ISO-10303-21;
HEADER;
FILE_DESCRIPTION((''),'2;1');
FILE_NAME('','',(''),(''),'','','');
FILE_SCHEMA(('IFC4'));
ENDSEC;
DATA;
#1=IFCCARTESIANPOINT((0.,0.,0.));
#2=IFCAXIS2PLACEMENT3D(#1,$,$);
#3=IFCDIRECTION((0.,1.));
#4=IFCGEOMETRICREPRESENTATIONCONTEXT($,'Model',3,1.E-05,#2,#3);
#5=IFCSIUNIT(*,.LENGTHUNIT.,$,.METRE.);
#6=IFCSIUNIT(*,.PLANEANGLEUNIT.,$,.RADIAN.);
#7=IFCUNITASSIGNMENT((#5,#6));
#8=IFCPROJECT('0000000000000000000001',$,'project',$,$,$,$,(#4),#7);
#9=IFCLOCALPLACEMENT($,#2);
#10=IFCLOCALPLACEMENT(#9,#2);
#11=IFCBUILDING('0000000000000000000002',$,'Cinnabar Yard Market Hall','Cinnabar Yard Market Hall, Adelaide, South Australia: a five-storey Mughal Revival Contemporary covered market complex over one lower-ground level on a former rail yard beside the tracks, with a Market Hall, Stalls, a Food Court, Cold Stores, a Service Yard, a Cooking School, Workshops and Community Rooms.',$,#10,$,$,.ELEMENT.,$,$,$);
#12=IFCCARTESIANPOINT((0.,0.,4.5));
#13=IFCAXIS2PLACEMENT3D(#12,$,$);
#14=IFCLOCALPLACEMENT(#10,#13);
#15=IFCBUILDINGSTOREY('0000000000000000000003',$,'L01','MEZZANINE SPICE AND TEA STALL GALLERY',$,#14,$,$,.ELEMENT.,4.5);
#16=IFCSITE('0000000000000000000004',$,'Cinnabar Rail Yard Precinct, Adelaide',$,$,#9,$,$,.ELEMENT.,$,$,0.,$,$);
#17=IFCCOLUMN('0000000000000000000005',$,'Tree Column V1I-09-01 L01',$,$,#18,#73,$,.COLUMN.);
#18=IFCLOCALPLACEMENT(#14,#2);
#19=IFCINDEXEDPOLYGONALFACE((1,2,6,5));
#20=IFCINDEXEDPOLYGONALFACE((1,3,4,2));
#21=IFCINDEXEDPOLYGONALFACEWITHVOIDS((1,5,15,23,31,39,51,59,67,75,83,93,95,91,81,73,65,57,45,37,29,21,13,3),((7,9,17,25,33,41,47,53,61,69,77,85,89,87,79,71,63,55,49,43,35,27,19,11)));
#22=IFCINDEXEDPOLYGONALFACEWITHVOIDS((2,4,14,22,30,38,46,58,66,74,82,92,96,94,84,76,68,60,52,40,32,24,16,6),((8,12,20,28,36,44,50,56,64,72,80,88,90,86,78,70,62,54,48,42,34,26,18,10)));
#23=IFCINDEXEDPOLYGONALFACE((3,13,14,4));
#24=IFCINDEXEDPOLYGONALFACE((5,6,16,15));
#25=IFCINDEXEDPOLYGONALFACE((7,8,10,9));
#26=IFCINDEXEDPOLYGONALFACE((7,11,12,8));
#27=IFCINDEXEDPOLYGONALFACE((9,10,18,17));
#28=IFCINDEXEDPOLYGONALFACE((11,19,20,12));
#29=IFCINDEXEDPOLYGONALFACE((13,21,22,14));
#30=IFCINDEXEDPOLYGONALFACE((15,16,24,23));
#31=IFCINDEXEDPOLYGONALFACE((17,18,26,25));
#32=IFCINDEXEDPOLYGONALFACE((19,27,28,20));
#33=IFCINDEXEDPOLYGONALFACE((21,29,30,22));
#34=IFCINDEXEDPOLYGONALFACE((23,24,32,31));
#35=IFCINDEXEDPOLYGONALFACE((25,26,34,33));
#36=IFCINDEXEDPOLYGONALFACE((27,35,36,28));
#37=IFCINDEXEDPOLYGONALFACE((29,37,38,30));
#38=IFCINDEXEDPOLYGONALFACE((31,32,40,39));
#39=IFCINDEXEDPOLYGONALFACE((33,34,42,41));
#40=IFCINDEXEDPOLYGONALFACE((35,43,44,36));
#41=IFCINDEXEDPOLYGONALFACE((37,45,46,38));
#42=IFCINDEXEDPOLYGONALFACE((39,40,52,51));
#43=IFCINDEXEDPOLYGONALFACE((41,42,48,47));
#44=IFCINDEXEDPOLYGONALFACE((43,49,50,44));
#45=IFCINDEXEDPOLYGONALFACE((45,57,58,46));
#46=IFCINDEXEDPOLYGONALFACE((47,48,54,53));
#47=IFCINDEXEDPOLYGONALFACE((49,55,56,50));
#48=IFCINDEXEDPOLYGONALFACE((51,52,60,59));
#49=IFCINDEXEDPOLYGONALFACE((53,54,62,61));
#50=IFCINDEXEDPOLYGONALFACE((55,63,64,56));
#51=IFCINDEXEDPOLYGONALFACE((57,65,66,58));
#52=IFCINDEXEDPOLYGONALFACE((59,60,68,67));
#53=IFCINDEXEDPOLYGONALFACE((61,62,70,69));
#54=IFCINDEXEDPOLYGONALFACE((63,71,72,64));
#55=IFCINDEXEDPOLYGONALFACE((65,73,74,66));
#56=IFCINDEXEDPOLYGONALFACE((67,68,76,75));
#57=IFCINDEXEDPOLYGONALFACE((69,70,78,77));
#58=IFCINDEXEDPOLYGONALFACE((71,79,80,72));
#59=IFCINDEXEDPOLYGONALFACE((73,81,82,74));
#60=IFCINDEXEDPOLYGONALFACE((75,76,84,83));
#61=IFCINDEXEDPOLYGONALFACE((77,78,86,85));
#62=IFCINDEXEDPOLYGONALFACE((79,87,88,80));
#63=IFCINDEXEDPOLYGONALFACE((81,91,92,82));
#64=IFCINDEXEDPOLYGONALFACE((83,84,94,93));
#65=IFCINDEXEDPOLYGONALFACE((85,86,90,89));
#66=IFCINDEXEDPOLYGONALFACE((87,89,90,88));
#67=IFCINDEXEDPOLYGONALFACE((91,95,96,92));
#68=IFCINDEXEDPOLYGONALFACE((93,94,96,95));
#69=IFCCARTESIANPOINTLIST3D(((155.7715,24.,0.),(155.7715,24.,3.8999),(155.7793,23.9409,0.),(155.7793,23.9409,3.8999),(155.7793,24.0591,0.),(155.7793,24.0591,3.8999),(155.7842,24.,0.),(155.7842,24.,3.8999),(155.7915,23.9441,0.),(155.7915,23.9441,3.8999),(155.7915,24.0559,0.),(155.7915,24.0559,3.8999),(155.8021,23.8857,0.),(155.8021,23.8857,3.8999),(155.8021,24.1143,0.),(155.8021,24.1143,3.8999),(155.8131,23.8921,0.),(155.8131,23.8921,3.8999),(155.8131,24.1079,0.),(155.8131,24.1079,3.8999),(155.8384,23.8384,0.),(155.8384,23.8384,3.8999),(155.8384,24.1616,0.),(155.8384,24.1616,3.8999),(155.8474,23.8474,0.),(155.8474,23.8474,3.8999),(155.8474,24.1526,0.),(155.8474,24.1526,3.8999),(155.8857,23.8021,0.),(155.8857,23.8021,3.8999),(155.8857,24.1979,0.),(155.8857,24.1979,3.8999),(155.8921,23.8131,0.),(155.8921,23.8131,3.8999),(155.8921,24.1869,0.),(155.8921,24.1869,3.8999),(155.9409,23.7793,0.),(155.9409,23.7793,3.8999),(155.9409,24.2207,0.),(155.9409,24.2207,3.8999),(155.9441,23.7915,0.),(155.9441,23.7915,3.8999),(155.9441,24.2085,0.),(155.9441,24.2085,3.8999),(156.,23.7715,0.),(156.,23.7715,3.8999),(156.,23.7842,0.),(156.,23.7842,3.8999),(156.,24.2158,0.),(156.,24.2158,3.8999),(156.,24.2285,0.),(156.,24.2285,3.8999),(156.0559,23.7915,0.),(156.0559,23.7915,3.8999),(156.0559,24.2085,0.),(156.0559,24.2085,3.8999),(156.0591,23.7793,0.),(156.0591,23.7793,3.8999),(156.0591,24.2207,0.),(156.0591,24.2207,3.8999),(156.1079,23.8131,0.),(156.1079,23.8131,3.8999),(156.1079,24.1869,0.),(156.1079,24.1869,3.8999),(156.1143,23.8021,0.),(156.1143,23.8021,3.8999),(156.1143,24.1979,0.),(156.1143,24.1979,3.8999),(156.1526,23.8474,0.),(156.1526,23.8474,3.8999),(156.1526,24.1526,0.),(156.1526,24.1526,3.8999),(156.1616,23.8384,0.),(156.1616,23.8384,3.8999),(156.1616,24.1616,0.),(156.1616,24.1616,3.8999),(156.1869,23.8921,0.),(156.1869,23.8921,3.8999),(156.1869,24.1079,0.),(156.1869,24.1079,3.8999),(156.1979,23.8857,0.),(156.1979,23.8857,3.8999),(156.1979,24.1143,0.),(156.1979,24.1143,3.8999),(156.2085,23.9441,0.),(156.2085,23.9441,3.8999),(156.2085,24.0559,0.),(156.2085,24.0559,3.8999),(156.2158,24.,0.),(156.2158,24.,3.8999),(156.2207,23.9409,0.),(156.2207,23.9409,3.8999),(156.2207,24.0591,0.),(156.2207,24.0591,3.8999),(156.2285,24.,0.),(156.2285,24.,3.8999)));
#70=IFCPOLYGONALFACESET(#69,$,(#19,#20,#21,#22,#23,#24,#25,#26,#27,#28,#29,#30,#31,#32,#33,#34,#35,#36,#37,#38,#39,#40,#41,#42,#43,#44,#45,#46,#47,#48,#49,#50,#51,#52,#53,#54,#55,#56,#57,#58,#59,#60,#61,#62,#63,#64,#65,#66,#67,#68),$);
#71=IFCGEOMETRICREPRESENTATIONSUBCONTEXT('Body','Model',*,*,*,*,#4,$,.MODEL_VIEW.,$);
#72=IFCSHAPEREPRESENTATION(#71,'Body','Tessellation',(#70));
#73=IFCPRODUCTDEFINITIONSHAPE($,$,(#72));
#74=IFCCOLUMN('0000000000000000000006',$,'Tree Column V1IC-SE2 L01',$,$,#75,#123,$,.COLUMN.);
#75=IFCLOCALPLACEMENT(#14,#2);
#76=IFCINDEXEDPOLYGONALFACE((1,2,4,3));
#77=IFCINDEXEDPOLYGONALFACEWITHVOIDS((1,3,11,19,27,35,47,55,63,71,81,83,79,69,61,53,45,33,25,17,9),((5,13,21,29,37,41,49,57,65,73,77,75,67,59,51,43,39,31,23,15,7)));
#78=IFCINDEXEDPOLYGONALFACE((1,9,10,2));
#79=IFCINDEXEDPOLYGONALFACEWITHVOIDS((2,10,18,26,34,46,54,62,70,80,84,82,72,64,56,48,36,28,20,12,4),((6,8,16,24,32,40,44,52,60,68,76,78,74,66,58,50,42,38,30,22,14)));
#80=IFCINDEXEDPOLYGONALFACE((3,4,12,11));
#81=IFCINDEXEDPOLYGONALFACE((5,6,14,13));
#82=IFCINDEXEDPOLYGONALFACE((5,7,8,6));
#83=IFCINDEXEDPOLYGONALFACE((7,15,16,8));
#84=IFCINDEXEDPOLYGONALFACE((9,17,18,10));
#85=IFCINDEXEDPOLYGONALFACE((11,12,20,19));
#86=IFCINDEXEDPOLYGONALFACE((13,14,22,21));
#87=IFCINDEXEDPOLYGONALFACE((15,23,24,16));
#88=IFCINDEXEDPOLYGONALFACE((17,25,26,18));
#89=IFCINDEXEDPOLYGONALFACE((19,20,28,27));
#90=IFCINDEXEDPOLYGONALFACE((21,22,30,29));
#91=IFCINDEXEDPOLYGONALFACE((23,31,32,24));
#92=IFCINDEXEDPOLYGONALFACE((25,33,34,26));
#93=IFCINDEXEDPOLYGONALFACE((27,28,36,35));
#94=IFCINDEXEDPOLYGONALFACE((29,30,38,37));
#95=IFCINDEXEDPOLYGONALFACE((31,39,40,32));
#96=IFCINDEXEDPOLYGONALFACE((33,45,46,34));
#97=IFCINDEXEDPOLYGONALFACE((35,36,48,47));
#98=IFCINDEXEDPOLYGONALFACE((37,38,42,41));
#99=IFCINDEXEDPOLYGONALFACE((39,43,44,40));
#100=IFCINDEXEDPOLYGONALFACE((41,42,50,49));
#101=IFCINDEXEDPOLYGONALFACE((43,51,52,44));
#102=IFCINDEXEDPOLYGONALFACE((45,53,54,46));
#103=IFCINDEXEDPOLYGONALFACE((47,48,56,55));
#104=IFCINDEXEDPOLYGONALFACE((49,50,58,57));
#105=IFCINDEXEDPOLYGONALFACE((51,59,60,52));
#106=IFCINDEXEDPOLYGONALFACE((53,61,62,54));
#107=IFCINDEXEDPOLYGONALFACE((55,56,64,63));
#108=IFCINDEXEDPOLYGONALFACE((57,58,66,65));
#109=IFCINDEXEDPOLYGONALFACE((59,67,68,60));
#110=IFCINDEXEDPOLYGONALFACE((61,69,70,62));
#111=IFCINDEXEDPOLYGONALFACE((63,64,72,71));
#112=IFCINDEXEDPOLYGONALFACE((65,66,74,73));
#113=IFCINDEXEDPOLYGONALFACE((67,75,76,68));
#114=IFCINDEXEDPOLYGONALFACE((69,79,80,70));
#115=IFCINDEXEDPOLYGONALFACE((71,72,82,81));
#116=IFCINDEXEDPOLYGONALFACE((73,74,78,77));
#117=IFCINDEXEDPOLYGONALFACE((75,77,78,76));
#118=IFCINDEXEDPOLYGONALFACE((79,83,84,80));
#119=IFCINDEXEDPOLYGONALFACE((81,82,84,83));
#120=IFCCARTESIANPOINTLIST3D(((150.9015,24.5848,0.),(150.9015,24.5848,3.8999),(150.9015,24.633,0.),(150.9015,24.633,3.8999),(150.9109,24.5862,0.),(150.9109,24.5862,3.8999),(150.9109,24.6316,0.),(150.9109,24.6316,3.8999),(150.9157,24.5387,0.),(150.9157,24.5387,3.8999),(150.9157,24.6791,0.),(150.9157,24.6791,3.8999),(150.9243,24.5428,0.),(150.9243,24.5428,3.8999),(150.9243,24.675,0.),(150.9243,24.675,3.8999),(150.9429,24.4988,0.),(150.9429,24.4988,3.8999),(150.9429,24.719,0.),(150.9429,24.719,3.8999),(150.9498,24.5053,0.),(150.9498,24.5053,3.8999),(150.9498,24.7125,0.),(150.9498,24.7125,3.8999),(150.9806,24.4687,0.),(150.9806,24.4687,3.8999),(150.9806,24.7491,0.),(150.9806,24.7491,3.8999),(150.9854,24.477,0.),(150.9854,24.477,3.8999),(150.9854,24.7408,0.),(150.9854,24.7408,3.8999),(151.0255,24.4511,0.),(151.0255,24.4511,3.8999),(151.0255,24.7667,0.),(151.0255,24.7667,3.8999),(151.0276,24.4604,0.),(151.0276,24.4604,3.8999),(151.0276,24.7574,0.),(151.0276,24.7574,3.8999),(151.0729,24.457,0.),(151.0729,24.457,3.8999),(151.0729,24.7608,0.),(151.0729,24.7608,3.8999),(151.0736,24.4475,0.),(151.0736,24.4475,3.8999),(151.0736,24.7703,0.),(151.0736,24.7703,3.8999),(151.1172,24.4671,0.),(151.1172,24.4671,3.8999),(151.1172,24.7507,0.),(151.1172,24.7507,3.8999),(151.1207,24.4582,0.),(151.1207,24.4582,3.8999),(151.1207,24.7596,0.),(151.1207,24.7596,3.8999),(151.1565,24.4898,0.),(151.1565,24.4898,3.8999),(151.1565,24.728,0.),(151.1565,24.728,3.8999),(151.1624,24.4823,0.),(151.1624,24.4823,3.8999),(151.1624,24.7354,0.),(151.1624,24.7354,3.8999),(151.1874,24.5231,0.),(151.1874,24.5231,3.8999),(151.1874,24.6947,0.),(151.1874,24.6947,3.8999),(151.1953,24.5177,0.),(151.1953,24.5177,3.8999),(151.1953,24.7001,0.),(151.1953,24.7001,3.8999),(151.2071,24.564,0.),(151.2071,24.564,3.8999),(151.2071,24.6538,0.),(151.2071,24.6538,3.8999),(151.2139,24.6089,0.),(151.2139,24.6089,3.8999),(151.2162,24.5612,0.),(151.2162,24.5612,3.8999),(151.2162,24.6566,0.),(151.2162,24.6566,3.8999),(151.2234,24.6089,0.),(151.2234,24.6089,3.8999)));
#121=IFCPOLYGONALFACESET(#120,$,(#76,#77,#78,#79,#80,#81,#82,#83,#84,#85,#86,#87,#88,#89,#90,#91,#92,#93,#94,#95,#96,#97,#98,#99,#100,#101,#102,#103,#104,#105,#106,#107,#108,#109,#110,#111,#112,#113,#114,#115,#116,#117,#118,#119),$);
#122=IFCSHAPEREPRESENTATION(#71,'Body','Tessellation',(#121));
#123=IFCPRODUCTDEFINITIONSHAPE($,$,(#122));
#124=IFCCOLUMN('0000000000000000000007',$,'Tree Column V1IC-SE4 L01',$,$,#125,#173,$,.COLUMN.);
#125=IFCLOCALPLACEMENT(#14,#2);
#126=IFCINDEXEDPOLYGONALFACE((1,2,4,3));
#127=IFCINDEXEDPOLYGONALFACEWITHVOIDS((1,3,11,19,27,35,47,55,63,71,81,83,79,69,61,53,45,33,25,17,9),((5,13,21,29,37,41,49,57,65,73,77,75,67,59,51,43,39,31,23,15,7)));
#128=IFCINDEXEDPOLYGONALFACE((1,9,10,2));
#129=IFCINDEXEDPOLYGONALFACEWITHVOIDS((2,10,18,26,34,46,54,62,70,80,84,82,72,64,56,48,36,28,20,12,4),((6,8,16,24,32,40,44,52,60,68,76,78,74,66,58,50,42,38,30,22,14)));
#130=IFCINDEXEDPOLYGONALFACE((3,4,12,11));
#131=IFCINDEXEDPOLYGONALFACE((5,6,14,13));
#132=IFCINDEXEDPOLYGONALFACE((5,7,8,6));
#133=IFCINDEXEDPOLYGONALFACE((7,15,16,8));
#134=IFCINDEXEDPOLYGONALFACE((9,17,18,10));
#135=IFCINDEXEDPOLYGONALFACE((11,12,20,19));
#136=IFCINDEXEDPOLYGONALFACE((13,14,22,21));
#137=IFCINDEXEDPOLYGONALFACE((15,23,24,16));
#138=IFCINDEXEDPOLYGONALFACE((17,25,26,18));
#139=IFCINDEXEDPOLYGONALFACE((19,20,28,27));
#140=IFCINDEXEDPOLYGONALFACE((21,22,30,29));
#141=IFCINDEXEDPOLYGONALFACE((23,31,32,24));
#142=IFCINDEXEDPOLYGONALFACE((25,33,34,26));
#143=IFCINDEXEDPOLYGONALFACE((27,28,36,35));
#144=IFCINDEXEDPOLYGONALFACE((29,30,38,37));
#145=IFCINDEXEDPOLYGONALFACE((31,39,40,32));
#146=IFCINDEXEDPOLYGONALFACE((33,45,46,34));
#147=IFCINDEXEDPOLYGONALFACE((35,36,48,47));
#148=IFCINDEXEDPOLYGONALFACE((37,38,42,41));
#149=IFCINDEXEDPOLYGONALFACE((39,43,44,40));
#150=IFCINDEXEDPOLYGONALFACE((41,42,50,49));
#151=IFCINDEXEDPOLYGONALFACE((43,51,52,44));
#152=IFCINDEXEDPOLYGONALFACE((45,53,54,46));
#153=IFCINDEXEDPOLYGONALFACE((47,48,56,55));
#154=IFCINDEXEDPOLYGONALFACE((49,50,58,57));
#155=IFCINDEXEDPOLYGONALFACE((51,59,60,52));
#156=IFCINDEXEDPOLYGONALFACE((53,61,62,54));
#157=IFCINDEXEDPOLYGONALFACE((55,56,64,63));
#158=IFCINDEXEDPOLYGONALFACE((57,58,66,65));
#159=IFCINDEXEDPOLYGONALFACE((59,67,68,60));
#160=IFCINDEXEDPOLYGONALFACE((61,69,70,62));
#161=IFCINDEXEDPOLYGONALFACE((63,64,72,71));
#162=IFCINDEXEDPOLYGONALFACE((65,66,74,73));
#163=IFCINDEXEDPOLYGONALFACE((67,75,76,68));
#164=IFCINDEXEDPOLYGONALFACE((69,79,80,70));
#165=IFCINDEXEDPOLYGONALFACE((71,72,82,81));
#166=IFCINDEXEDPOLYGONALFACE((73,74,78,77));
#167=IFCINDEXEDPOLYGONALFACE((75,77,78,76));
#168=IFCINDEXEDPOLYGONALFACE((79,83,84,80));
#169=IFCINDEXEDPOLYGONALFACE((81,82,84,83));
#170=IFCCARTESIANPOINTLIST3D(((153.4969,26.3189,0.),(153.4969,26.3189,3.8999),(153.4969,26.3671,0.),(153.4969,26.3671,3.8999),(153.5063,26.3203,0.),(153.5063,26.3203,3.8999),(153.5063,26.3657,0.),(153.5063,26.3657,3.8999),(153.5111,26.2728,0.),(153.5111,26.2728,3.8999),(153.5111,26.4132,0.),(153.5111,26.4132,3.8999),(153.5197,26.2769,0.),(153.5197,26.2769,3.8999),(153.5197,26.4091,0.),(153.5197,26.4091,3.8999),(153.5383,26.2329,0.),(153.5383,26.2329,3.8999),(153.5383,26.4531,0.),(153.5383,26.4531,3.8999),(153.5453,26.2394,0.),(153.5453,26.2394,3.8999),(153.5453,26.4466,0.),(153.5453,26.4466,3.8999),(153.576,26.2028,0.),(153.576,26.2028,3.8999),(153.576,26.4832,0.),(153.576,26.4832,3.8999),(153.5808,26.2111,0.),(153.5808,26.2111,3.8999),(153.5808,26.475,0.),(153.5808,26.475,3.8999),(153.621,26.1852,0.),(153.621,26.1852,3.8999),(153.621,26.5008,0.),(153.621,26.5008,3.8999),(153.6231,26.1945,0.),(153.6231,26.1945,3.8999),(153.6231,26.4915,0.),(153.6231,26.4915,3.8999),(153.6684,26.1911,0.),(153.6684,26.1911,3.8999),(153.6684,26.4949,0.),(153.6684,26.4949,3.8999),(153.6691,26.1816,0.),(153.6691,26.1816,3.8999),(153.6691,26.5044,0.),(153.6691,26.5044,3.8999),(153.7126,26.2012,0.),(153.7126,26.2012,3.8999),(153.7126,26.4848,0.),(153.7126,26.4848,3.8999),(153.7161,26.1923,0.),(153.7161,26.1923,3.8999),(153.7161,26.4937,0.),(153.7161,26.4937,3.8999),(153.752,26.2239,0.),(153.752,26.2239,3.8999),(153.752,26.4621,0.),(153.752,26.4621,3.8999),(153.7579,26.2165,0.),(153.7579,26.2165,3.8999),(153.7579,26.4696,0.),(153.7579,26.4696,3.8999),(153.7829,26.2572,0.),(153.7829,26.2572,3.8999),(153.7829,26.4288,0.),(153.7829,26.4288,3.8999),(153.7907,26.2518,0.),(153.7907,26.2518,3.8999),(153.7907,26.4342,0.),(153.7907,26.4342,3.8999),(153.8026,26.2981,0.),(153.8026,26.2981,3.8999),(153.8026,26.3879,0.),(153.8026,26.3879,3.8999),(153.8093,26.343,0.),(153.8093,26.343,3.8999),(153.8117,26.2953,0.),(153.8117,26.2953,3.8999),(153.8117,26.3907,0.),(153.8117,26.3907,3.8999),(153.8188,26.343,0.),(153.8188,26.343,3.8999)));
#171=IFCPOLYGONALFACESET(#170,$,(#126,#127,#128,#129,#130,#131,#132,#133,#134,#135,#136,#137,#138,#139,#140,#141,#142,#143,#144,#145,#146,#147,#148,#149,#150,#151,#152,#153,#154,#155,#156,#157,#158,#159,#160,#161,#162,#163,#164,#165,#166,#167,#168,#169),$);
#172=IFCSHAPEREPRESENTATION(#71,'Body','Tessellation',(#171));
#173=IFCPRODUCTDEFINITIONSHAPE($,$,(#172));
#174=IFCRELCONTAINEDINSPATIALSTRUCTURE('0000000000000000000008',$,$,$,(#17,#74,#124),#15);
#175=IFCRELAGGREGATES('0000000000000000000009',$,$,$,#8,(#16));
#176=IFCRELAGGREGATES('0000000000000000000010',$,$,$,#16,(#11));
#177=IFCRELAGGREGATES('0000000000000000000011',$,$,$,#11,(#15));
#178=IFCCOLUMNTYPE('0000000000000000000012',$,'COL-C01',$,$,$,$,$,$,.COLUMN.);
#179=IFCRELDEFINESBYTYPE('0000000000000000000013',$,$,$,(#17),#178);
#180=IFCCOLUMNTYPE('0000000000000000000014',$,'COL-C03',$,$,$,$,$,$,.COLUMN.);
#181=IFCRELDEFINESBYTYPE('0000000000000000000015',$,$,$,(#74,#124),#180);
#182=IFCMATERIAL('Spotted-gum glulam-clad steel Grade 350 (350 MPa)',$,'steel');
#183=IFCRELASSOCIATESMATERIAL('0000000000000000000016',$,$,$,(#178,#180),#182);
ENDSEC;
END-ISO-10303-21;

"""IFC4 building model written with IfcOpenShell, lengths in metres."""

from ifc_helpers import new_model, si_unit, direction, frame, origin, origin_2d_with_axis, place, context, subcontext, project, spatial, hollow_circle, extrude, material, material_profile, profile_set, type_object, element, save


model = new_model("IFC4")

# Units and contexts
model_context = context("Model", 3, precision=1e-05, world=origin(), true_north=direction((0.0, 1.0)))
body_context = subcontext(model_context, "Body", "Model", "MODEL_VIEW")
ifc_project = project(units=[si_unit("LENGTHUNIT", "METRE"), si_unit("PLANEANGLEUNIT", "RADIAN")], contexts=[model_context])

# Site, building, storey
site_placement = place(None, origin())
site = spatial("IfcSite", under=ifc_project, at=site_placement, Name="Cinnabar Rail Yard Precinct, Adelaide", CompositionType="ELEMENT", RefElevation=0.0)
building_placement = place(site_placement, origin())
building = spatial("IfcBuilding", under=site, at=building_placement, Name="Cinnabar Yard Market Hall", Description="Cinnabar Yard Market Hall, Adelaide, South Australia: a five-storey Mughal Revival Contemporary covered market complex over one lower-ground level on a former rail yard beside the tracks, with a Market Hall, Stalls, a Food Court, Cold Stores, a Service Yard, a Cooking School, Workshops and Community Rooms.", CompositionType="ELEMENT")
storey_placement = place(building_placement, frame((0.0, 0.0, 4.5)))
storey = spatial("IfcBuildingStorey", under=building, at=storey_placement, Name="L01", Description="MEZZANINE SPICE AND TEA STALL GALLERY", CompositionType="ELEMENT", Elevation=4.5)

# Columns
ifc_material_1 = material(Name="Spotted-gum glulam-clad steel Grade 350 (350 MPa)", Category="steel")
ifc_material_profile_1 = material_profile(ifc_material_1, hollow_circle(Radius=0.2285, WallThickness=0.0127, at=origin_2d_with_axis()), Name="457.0x12.7CHS")
ifc_profile_set_1 = profile_set([ifc_material_profile_1], Name="Spotted-gum glulam-clad steel Grade 350 (350 MPa)")
column_type_1 = type_object("IfcColumnType", Name="COL-C01", PredefinedType="COLUMN", material=ifc_profile_set_1)
column_placement = place(storey_placement, frame((156.0, 24.0, 0.0), z_axis=(0.0, 0.0, 1.0), x_axis=(1.0, 0.0, 0.0)))
element("IfcColumn", 1, at=column_placement, inside=storey, type_object=column_type_1, Name="Tree Column V1I-09-01 L01", PredefinedType="COLUMN", context=body_context, shape_type="SweptSolid", body=[
    extrude(hollow_circle(Radius=0.2285, WallThickness=0.0127, at=origin_2d_with_axis()), origin(), (0.0, 0.0, 1.0), 3.8999),
])
ifc_material_profile_2 = material_profile(ifc_material_1, hollow_circle(Radius=0.1619, WallThickness=0.0095, at=origin_2d_with_axis()), Name="323.9x9.5CHS")
ifc_profile_set_2 = profile_set([ifc_material_profile_2], Name="Spotted-gum glulam-clad steel Grade 350 (350 MPa)")
column_type_2 = type_object("IfcColumnType", Name="COL-C03", PredefinedType="COLUMN", material=ifc_profile_set_2)
for number, where, z_axis, x_axis, name in (
    (2, (151.0615, 24.6089, 0.0), (0.0, 0.0, 1.0), (1.0, 0.0, 0.0), "Tree Column V1IC-SE2 L01"),
    (3, (153.657, 26.343, 0.0), (0.0, 0.0, 1.0), (1.0, 0.0, 0.0), "Tree Column V1IC-SE4 L01"),
):
    element("IfcColumn", number, at=place(storey_placement, frame(where, z_axis=z_axis, x_axis=x_axis)), inside=storey, type_object=column_type_2, Name=name, PredefinedType="COLUMN", context=body_context, shape_type="SweptSolid", body=[
        extrude(hollow_circle(Radius=0.1619, WallThickness=0.0095, at=origin_2d_with_axis()), origin(), (0.0, 0.0, 1.0), 3.8999),
    ])

save(model, "model.ifc")
